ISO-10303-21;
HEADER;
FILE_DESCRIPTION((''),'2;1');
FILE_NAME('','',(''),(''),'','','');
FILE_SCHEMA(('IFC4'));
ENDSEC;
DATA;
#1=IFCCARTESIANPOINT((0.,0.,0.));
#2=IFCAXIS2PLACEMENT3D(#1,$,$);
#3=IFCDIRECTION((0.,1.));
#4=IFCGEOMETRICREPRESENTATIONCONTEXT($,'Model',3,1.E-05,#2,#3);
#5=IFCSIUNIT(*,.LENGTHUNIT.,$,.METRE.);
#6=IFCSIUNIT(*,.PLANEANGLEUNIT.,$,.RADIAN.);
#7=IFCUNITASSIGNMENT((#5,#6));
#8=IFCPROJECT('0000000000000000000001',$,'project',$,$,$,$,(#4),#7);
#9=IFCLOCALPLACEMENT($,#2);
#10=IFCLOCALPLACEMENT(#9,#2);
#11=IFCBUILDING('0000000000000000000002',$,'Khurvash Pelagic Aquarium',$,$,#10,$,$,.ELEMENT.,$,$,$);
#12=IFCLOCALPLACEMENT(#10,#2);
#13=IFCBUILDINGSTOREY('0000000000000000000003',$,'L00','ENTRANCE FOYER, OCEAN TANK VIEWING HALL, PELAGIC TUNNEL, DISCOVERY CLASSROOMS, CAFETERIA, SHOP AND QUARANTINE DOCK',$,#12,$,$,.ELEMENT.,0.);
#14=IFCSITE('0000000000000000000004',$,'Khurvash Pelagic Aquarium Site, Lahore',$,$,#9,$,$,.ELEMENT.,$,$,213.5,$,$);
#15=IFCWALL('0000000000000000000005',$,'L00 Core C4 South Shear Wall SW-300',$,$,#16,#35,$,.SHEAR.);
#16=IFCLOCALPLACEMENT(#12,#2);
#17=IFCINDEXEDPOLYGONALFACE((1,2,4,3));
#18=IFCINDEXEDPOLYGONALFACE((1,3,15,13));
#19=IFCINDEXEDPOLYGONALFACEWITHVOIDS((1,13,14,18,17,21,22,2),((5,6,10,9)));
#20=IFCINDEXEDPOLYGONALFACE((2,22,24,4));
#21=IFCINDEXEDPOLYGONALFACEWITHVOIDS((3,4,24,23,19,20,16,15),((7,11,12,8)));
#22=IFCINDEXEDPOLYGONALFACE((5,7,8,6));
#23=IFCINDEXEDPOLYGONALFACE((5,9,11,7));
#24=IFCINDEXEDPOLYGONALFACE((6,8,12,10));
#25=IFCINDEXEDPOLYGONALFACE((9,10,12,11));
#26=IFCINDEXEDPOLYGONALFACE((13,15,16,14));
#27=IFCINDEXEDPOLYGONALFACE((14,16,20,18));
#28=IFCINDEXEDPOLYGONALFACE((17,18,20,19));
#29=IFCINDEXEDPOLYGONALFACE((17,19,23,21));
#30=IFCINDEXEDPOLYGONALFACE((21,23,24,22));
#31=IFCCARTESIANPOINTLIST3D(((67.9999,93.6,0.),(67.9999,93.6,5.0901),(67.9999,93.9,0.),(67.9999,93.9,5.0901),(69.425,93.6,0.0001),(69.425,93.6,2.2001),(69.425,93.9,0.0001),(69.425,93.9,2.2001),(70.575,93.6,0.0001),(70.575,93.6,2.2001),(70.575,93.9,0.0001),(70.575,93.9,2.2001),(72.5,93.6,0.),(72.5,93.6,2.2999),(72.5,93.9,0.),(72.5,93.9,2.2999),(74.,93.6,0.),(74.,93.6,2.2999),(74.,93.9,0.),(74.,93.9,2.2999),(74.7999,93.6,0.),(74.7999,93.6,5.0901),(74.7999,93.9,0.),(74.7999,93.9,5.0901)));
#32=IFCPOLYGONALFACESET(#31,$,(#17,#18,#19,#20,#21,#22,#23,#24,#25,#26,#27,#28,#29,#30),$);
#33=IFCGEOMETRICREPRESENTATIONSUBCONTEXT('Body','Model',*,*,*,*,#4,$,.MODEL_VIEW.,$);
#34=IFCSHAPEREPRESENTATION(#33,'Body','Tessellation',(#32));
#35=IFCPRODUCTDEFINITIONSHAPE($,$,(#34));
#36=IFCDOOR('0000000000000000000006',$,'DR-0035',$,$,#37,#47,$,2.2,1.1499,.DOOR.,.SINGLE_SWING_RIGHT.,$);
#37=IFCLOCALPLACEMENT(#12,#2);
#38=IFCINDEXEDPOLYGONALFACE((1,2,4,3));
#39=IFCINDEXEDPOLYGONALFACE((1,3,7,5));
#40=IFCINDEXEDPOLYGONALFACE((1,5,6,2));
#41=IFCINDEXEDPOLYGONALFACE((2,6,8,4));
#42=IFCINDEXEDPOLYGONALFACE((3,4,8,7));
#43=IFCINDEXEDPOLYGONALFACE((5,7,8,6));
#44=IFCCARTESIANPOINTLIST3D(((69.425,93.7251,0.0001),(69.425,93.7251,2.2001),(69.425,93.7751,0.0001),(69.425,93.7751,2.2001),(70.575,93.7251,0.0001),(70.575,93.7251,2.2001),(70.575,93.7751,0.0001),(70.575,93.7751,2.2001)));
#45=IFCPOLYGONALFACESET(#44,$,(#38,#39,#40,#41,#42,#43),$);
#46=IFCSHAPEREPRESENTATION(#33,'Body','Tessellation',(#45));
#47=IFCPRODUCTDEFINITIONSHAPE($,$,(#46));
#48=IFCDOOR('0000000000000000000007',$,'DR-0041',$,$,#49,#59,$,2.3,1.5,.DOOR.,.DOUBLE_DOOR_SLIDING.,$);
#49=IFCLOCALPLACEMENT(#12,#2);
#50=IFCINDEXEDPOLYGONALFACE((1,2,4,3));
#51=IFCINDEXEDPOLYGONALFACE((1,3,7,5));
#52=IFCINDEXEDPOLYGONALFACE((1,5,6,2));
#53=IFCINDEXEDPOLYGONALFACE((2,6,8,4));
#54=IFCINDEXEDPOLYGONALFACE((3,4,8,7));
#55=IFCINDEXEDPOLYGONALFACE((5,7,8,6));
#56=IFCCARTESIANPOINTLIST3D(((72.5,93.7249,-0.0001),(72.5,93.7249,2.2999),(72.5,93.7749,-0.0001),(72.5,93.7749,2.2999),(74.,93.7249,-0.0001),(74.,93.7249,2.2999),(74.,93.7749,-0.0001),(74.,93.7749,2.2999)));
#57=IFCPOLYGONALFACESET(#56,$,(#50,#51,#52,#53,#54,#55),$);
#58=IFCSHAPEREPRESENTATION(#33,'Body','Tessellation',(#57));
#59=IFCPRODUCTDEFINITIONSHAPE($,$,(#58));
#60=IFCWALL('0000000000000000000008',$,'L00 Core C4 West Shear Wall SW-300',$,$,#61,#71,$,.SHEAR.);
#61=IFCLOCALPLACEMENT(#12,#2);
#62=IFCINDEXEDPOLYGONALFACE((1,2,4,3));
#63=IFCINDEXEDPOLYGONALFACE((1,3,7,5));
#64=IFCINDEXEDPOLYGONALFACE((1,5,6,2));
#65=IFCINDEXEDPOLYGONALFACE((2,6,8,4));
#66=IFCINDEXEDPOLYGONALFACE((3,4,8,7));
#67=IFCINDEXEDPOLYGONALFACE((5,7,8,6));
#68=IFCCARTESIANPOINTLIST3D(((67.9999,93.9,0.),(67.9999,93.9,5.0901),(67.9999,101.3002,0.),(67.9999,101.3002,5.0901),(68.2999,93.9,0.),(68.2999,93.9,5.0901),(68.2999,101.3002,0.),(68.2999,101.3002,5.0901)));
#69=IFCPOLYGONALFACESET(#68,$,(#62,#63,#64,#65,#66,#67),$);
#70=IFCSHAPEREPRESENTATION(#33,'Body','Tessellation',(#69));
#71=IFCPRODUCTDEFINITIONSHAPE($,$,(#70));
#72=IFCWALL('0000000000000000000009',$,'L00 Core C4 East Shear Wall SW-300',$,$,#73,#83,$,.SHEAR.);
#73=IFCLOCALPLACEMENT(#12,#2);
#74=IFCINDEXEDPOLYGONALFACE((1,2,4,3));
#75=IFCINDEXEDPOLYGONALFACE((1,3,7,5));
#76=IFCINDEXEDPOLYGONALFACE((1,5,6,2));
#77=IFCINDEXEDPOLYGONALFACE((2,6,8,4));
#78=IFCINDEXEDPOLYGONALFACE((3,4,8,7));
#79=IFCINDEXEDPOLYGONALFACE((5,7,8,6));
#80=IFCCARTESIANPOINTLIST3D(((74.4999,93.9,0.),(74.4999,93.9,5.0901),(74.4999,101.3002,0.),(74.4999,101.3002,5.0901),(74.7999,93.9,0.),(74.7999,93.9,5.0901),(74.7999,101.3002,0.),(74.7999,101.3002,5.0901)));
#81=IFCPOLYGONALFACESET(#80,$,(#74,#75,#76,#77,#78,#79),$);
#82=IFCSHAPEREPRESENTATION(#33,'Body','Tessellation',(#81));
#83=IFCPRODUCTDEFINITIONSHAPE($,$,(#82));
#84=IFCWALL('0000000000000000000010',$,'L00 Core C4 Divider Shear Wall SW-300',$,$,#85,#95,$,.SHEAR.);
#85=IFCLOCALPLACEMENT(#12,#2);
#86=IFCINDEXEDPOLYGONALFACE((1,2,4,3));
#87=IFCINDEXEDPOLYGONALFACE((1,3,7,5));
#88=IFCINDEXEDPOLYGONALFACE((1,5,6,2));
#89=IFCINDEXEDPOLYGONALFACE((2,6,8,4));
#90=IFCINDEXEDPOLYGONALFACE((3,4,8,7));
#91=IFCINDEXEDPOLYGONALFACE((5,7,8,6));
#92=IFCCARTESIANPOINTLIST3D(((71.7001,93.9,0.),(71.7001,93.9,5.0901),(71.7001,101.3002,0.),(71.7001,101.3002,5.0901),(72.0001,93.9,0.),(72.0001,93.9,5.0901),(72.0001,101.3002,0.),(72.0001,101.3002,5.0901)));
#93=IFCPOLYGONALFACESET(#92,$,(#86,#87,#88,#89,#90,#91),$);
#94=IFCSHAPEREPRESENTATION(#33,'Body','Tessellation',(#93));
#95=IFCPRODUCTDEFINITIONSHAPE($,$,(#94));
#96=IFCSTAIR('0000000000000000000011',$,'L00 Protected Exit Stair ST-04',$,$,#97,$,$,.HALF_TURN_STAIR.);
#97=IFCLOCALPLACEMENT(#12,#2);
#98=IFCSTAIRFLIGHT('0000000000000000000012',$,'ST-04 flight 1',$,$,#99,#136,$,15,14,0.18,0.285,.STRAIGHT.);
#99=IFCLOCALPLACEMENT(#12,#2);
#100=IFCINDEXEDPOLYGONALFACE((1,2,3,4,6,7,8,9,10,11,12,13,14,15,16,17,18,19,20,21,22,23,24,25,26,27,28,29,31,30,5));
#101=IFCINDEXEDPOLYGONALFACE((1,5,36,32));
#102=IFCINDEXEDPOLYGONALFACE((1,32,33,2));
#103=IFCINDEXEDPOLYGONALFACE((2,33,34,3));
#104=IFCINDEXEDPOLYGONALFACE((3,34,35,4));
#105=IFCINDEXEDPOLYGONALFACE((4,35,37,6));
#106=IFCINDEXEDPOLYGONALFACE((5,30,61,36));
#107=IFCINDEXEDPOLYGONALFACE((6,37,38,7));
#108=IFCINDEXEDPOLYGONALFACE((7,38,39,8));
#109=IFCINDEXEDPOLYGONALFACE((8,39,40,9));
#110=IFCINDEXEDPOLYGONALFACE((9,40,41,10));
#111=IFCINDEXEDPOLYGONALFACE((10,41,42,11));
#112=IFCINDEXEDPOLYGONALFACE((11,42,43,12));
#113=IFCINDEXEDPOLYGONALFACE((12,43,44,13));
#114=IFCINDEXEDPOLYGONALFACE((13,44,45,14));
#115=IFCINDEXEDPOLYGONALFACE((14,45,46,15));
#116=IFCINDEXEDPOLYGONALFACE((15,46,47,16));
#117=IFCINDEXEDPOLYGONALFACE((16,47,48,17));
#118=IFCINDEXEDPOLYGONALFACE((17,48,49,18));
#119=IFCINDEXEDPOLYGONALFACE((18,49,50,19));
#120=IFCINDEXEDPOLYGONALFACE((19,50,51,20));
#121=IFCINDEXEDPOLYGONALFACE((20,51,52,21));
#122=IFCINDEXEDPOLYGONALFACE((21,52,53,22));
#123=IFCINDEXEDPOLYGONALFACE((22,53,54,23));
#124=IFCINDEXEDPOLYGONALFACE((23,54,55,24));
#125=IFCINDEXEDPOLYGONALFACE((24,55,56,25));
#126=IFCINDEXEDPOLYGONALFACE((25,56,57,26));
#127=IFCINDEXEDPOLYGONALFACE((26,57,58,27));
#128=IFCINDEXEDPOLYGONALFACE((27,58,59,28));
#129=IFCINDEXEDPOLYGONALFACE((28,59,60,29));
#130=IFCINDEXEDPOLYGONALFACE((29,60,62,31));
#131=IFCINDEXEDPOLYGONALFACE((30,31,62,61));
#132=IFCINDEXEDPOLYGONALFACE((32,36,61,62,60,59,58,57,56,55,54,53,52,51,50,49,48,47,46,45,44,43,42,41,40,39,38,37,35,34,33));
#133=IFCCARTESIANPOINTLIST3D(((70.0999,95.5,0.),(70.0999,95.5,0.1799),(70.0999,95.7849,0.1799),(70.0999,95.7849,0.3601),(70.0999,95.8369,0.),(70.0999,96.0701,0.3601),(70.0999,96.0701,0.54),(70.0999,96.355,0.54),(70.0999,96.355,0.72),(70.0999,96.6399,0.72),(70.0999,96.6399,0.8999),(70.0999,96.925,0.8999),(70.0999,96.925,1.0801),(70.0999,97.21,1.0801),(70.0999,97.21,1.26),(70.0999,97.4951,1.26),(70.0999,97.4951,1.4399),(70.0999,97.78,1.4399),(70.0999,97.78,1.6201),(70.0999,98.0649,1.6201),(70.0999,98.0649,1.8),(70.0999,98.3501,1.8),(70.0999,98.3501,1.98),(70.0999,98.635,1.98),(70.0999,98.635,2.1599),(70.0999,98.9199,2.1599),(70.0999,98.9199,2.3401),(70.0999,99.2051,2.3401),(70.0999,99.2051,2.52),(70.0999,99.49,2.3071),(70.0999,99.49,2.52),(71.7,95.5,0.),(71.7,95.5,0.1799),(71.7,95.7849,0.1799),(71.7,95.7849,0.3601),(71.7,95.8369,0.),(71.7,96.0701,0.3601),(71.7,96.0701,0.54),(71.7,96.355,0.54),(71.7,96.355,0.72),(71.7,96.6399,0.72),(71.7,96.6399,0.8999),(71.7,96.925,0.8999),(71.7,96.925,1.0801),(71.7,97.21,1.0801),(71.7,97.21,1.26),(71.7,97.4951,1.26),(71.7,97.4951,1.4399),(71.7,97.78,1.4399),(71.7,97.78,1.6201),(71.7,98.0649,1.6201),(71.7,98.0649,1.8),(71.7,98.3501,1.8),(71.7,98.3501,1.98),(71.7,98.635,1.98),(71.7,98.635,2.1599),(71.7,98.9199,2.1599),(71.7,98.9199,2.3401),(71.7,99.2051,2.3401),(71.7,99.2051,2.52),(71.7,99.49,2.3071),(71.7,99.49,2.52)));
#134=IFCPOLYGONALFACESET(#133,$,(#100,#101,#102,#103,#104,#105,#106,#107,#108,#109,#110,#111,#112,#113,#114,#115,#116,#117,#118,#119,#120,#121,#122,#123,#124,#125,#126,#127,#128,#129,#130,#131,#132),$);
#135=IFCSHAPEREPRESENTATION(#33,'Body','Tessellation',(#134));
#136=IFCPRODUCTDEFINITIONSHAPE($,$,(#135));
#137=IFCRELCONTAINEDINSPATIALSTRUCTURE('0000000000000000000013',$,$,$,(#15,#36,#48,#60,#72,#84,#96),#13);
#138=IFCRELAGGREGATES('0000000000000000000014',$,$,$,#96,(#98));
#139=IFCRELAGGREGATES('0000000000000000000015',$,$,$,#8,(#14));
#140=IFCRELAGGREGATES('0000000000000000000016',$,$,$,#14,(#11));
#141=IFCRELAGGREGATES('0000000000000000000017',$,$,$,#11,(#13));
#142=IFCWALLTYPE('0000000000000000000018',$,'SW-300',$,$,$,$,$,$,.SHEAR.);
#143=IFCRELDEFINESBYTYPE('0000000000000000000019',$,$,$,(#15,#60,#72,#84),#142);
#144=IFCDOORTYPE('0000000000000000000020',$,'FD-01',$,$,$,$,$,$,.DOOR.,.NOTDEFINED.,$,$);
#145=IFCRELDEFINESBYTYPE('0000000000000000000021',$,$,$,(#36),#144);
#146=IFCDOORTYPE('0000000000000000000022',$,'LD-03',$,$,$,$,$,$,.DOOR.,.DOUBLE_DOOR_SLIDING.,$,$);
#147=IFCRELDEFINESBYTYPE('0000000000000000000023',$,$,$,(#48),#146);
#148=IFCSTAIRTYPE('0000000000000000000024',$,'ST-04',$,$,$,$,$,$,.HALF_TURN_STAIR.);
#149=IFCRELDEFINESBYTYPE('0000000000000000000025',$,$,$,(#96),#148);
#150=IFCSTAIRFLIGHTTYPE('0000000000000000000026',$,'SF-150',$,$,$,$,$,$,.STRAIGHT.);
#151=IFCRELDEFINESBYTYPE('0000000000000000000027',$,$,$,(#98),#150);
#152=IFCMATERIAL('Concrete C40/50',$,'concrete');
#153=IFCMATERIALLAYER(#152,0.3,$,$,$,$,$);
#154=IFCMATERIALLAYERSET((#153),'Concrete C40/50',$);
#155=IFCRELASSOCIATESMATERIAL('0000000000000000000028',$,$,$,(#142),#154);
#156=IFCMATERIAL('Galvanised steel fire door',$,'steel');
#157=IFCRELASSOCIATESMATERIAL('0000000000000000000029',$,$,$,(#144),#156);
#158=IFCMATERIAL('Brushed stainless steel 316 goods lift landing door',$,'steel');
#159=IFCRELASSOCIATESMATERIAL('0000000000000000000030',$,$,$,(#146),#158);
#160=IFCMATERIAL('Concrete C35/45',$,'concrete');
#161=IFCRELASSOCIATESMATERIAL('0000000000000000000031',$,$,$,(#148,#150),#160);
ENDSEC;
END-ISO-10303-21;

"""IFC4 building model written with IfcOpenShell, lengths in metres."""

from ifc_helpers import new_model, si_unit, direction, frame, frame_2d, origin, place, context, subcontext, project, spatial, polyline, rectangle, outline, extrude, material, layer, layer_set, type_object, element, fill, aggregate, save


model = new_model("IFC4")

# Units and contexts
model_context = context("Model", 3, precision=1e-05, world=origin(), true_north=direction((0.0, 1.0)))
body_context = subcontext(model_context, "Body", "Model", "MODEL_VIEW")
ifc_project = project(units=[si_unit("LENGTHUNIT", "METRE"), si_unit("PLANEANGLEUNIT", "RADIAN")], contexts=[model_context])

# Site, building, storey
site_placement = place(None, origin())
site = spatial("IfcSite", under=ifc_project, at=site_placement, Name="Khurvash Pelagic Aquarium Site, Lahore", CompositionType="ELEMENT", RefElevation=213.5)
building_placement = place(site_placement, origin())
building = spatial("IfcBuilding", under=site, at=building_placement, Name="Khurvash Pelagic Aquarium", CompositionType="ELEMENT")
storey_placement = place(building_placement, origin())
storey = spatial("IfcBuildingStorey", under=building, at=storey_placement, Name="L00", Description="ENTRANCE FOYER, OCEAN TANK VIEWING HALL, PELAGIC TUNNEL, DISCOVERY CLASSROOMS, CAFETERIA, SHOP AND QUARANTINE DOCK", CompositionType="ELEMENT", Elevation=0.0)

# Shared definitions
ifc_material_1 = material(Name="Concrete C40/50", Category="concrete")

# Shared definitions
ifc_material_2 = material(Name="Concrete C35/45", Category="concrete")

# Wall, openings, doors
ifc_layer_1 = layer(ifc_material_1, 0.3)
ifc_layer_set_1 = layer_set([ifc_layer_1], Name="Concrete C40/50")
wall_type_1 = type_object("IfcWallType", Name="SW-300", PredefinedType="SHEAR", material=ifc_layer_set_1)
wall_1_placement = place(storey_placement, frame((68.0, 93.75, 0.0), z_axis=(0.0, 0.0, 1.0), x_axis=(1.0, 0.0, 0.0)))
wall_1 = element("IfcWall", 1, at=wall_1_placement, inside=storey, type_object=wall_type_1, Name="L00 Core C4 South Shear Wall SW-300", PredefinedType="SHEAR", context=body_context, shape_type="SweptSolid", body=[
    extrude(rectangle(XDim=6.8, YDim=0.3, at=frame_2d((3.3999, 0.0))), origin(), (0.0, 0.0, 1.0), 5.0901),
])
opening_1_placement = place(wall_1_placement, frame((1.425, 0.0, 0.0)))
opening_1 = element("IfcOpeningElement", 2, at=opening_1_placement, cuts=wall_1, PredefinedType="OPENING", context=body_context, shape_type="SweptSolid", body=[
    extrude(rectangle(XDim=1.1499, YDim=2.2, at=frame_2d((0.575, 1.1001))), frame((0.0, 0.1602, 0.0), z_axis=(0.0, -1.0, 0.0), x_axis=(1.0, 0.0, 0.0)), (0.0, 0.0, 1.0), 0.3201),
])
opening_2_placement = place(wall_1_placement, frame((4.5, 0.0, 0.0)))
opening_2 = element("IfcOpeningElement", 3, at=opening_2_placement, cuts=wall_1, PredefinedType="OPENING", context=body_context, shape_type="SweptSolid", body=[
    extrude(rectangle(XDim=1.5, YDim=2.3, at=frame_2d((0.75, 1.1499))), frame((0.0, 0.1602, 0.0), z_axis=(0.0, -1.0, 0.0), x_axis=(1.0, 0.0, 0.0)), (0.0, 0.0, 1.0), 0.3201),
])
ifc_material_3 = material(Name="Galvanised steel fire door", Category="steel")
door_type_1 = type_object("IfcDoorType", Name="FD-01", OperationType="NOTDEFINED", PredefinedType="DOOR", material=ifc_material_3)
door_1_placement = place(opening_1_placement, frame((1.1499, 0.0, 0.0), z_axis=(0.0, 0.0, 1.0), x_axis=(-1.0, 0.0, 0.0)))
door_1 = element("IfcDoor", 4, at=door_1_placement, inside=storey, type_object=door_type_1, Name="DR-0035", OperationType="SINGLE_SWING_RIGHT", OverallHeight=2.2, OverallWidth=1.1499, PredefinedType="DOOR", context=body_context, shape_type="SweptSolid", body=[
    extrude(rectangle(XDim=1.1499, YDim=2.2, at=frame_2d((0.575, 1.1001))), frame((0.0, 0.0249, 0.0), z_axis=(0.0, -1.0, 0.0), x_axis=(1.0, 0.0, 0.0)), (0.0, 0.0, 1.0), 0.05),
])
fill(opening_1, door_1)
ifc_material_4 = material(Name="Brushed stainless steel 316 goods lift landing door", Category="steel")
door_type_2 = type_object("IfcDoorType", Name="LD-03", OperationType="DOUBLE_DOOR_SLIDING", PredefinedType="DOOR", material=ifc_material_4)
door_2_placement = place(opening_2_placement, origin())
door_2 = element("IfcDoor", 5, at=door_2_placement, inside=storey, type_object=door_type_2, Name="DR-0041", OperationType="DOUBLE_DOOR_SLIDING", OverallHeight=2.3, OverallWidth=1.5, PredefinedType="DOOR", context=body_context, shape_type="SweptSolid", body=[
    extrude(rectangle(XDim=1.5, YDim=2.3, at=frame_2d((0.75, 1.1499))), frame((0.0, 0.0249, 0.0), z_axis=(0.0, -1.0, 0.0), x_axis=(1.0, 0.0, 0.0)), (0.0, 0.0, 1.0), 0.05),
])
fill(opening_2, door_2)

# Walls
for number, where, z_axis, x_axis, name in (
    (6, (68.1499, 93.8999, 0.0), (0.0, 0.0, 1.0), (0.0, 1.0, 0.0), "L00 Core C4 West Shear Wall SW-300"),
    (7, (74.6499, 93.8999, 0.0), (0.0, 0.0, 1.0), (0.0, 1.0, 0.0), "L00 Core C4 East Shear Wall SW-300"),
    (8, (71.8501, 93.8999, 0.0), (0.0, 0.0, 1.0), (0.0, 1.0, 0.0), "L00 Core C4 Divider Shear Wall SW-300"),
):
    element("IfcWall", number, at=place(storey_placement, frame(where, z_axis=z_axis, x_axis=x_axis)), inside=storey, type_object=wall_type_1, Name=name, PredefinedType="SHEAR", context=body_context, shape_type="SweptSolid", body=[
        extrude(rectangle(XDim=7.4001, YDim=0.3, at=frame_2d((3.7002, 0.0))), origin(), (0.0, 0.0, 1.0), 5.0901),
    ])

# Stair, stair flight
stair_type = type_object("IfcStairType", Name="ST-04", PredefinedType="HALF_TURN_STAIR", material=ifc_material_2)
stair_placement = place(storey_placement, origin())
stair = element("IfcStair", 9, at=stair_placement, inside=storey, type_object=stair_type, Name="L00 Protected Exit Stair ST-04", PredefinedType="HALF_TURN_STAIR")
stair_flight_type = type_object("IfcStairFlightType", Name="SF-150", PredefinedType="STRAIGHT", material=ifc_material_2)
stair_flight_placement = place(storey_placement, frame((70.8999, 95.5, 0.0), z_axis=(0.0, 0.0, 1.0), x_axis=(0.0, 1.0, 0.0)))
stair_flight = element("IfcStairFlight", 10, at=stair_flight_placement, type_object=stair_flight_type, Name="ST-04 flight 1", NumberOfRisers=15, NumberOfTreads=14, PredefinedType="STRAIGHT", RiserHeight=0.18, TreadLength=0.285, context=body_context, shape_type="SweptSolid", body=[
    extrude(outline(polyline([(0.0, 0.0), (0.0, 0.1799), (0.2849, 0.1799), (0.2849, 0.3601), (0.5701, 0.3601), (0.5701, 0.54), (0.855, 0.54), (0.855, 0.72), (1.1399, 0.72), (1.1399, 0.8999), (1.425, 0.8999), (1.425, 1.0801), (1.71, 1.0801), (1.71, 1.26), (1.9951, 1.26), (1.9951, 1.4399), (2.28, 1.4399), (2.28, 1.6201), (2.5649, 1.6201), (2.5649, 1.8), (2.8501, 1.8), (2.8501, 1.98), (3.135, 1.98), (3.135, 2.1599), (3.4199, 2.1599), (3.4199, 2.3401), (3.7051, 2.3401), (3.7051, 2.52), (3.99, 2.52), (3.99, 2.7), (3.99, 2.3071), (0.3369, 0.0), (0.0, 0.0)])), frame((0.0, 0.8, 0.0), z_axis=(0.0, -1.0, 0.0), x_axis=(1.0, 0.0, 0.0)), (0.0, 0.0, 1.0), 1.6001),
])
aggregate(stair, [stair_flight])

save(model, "model.ifc")
